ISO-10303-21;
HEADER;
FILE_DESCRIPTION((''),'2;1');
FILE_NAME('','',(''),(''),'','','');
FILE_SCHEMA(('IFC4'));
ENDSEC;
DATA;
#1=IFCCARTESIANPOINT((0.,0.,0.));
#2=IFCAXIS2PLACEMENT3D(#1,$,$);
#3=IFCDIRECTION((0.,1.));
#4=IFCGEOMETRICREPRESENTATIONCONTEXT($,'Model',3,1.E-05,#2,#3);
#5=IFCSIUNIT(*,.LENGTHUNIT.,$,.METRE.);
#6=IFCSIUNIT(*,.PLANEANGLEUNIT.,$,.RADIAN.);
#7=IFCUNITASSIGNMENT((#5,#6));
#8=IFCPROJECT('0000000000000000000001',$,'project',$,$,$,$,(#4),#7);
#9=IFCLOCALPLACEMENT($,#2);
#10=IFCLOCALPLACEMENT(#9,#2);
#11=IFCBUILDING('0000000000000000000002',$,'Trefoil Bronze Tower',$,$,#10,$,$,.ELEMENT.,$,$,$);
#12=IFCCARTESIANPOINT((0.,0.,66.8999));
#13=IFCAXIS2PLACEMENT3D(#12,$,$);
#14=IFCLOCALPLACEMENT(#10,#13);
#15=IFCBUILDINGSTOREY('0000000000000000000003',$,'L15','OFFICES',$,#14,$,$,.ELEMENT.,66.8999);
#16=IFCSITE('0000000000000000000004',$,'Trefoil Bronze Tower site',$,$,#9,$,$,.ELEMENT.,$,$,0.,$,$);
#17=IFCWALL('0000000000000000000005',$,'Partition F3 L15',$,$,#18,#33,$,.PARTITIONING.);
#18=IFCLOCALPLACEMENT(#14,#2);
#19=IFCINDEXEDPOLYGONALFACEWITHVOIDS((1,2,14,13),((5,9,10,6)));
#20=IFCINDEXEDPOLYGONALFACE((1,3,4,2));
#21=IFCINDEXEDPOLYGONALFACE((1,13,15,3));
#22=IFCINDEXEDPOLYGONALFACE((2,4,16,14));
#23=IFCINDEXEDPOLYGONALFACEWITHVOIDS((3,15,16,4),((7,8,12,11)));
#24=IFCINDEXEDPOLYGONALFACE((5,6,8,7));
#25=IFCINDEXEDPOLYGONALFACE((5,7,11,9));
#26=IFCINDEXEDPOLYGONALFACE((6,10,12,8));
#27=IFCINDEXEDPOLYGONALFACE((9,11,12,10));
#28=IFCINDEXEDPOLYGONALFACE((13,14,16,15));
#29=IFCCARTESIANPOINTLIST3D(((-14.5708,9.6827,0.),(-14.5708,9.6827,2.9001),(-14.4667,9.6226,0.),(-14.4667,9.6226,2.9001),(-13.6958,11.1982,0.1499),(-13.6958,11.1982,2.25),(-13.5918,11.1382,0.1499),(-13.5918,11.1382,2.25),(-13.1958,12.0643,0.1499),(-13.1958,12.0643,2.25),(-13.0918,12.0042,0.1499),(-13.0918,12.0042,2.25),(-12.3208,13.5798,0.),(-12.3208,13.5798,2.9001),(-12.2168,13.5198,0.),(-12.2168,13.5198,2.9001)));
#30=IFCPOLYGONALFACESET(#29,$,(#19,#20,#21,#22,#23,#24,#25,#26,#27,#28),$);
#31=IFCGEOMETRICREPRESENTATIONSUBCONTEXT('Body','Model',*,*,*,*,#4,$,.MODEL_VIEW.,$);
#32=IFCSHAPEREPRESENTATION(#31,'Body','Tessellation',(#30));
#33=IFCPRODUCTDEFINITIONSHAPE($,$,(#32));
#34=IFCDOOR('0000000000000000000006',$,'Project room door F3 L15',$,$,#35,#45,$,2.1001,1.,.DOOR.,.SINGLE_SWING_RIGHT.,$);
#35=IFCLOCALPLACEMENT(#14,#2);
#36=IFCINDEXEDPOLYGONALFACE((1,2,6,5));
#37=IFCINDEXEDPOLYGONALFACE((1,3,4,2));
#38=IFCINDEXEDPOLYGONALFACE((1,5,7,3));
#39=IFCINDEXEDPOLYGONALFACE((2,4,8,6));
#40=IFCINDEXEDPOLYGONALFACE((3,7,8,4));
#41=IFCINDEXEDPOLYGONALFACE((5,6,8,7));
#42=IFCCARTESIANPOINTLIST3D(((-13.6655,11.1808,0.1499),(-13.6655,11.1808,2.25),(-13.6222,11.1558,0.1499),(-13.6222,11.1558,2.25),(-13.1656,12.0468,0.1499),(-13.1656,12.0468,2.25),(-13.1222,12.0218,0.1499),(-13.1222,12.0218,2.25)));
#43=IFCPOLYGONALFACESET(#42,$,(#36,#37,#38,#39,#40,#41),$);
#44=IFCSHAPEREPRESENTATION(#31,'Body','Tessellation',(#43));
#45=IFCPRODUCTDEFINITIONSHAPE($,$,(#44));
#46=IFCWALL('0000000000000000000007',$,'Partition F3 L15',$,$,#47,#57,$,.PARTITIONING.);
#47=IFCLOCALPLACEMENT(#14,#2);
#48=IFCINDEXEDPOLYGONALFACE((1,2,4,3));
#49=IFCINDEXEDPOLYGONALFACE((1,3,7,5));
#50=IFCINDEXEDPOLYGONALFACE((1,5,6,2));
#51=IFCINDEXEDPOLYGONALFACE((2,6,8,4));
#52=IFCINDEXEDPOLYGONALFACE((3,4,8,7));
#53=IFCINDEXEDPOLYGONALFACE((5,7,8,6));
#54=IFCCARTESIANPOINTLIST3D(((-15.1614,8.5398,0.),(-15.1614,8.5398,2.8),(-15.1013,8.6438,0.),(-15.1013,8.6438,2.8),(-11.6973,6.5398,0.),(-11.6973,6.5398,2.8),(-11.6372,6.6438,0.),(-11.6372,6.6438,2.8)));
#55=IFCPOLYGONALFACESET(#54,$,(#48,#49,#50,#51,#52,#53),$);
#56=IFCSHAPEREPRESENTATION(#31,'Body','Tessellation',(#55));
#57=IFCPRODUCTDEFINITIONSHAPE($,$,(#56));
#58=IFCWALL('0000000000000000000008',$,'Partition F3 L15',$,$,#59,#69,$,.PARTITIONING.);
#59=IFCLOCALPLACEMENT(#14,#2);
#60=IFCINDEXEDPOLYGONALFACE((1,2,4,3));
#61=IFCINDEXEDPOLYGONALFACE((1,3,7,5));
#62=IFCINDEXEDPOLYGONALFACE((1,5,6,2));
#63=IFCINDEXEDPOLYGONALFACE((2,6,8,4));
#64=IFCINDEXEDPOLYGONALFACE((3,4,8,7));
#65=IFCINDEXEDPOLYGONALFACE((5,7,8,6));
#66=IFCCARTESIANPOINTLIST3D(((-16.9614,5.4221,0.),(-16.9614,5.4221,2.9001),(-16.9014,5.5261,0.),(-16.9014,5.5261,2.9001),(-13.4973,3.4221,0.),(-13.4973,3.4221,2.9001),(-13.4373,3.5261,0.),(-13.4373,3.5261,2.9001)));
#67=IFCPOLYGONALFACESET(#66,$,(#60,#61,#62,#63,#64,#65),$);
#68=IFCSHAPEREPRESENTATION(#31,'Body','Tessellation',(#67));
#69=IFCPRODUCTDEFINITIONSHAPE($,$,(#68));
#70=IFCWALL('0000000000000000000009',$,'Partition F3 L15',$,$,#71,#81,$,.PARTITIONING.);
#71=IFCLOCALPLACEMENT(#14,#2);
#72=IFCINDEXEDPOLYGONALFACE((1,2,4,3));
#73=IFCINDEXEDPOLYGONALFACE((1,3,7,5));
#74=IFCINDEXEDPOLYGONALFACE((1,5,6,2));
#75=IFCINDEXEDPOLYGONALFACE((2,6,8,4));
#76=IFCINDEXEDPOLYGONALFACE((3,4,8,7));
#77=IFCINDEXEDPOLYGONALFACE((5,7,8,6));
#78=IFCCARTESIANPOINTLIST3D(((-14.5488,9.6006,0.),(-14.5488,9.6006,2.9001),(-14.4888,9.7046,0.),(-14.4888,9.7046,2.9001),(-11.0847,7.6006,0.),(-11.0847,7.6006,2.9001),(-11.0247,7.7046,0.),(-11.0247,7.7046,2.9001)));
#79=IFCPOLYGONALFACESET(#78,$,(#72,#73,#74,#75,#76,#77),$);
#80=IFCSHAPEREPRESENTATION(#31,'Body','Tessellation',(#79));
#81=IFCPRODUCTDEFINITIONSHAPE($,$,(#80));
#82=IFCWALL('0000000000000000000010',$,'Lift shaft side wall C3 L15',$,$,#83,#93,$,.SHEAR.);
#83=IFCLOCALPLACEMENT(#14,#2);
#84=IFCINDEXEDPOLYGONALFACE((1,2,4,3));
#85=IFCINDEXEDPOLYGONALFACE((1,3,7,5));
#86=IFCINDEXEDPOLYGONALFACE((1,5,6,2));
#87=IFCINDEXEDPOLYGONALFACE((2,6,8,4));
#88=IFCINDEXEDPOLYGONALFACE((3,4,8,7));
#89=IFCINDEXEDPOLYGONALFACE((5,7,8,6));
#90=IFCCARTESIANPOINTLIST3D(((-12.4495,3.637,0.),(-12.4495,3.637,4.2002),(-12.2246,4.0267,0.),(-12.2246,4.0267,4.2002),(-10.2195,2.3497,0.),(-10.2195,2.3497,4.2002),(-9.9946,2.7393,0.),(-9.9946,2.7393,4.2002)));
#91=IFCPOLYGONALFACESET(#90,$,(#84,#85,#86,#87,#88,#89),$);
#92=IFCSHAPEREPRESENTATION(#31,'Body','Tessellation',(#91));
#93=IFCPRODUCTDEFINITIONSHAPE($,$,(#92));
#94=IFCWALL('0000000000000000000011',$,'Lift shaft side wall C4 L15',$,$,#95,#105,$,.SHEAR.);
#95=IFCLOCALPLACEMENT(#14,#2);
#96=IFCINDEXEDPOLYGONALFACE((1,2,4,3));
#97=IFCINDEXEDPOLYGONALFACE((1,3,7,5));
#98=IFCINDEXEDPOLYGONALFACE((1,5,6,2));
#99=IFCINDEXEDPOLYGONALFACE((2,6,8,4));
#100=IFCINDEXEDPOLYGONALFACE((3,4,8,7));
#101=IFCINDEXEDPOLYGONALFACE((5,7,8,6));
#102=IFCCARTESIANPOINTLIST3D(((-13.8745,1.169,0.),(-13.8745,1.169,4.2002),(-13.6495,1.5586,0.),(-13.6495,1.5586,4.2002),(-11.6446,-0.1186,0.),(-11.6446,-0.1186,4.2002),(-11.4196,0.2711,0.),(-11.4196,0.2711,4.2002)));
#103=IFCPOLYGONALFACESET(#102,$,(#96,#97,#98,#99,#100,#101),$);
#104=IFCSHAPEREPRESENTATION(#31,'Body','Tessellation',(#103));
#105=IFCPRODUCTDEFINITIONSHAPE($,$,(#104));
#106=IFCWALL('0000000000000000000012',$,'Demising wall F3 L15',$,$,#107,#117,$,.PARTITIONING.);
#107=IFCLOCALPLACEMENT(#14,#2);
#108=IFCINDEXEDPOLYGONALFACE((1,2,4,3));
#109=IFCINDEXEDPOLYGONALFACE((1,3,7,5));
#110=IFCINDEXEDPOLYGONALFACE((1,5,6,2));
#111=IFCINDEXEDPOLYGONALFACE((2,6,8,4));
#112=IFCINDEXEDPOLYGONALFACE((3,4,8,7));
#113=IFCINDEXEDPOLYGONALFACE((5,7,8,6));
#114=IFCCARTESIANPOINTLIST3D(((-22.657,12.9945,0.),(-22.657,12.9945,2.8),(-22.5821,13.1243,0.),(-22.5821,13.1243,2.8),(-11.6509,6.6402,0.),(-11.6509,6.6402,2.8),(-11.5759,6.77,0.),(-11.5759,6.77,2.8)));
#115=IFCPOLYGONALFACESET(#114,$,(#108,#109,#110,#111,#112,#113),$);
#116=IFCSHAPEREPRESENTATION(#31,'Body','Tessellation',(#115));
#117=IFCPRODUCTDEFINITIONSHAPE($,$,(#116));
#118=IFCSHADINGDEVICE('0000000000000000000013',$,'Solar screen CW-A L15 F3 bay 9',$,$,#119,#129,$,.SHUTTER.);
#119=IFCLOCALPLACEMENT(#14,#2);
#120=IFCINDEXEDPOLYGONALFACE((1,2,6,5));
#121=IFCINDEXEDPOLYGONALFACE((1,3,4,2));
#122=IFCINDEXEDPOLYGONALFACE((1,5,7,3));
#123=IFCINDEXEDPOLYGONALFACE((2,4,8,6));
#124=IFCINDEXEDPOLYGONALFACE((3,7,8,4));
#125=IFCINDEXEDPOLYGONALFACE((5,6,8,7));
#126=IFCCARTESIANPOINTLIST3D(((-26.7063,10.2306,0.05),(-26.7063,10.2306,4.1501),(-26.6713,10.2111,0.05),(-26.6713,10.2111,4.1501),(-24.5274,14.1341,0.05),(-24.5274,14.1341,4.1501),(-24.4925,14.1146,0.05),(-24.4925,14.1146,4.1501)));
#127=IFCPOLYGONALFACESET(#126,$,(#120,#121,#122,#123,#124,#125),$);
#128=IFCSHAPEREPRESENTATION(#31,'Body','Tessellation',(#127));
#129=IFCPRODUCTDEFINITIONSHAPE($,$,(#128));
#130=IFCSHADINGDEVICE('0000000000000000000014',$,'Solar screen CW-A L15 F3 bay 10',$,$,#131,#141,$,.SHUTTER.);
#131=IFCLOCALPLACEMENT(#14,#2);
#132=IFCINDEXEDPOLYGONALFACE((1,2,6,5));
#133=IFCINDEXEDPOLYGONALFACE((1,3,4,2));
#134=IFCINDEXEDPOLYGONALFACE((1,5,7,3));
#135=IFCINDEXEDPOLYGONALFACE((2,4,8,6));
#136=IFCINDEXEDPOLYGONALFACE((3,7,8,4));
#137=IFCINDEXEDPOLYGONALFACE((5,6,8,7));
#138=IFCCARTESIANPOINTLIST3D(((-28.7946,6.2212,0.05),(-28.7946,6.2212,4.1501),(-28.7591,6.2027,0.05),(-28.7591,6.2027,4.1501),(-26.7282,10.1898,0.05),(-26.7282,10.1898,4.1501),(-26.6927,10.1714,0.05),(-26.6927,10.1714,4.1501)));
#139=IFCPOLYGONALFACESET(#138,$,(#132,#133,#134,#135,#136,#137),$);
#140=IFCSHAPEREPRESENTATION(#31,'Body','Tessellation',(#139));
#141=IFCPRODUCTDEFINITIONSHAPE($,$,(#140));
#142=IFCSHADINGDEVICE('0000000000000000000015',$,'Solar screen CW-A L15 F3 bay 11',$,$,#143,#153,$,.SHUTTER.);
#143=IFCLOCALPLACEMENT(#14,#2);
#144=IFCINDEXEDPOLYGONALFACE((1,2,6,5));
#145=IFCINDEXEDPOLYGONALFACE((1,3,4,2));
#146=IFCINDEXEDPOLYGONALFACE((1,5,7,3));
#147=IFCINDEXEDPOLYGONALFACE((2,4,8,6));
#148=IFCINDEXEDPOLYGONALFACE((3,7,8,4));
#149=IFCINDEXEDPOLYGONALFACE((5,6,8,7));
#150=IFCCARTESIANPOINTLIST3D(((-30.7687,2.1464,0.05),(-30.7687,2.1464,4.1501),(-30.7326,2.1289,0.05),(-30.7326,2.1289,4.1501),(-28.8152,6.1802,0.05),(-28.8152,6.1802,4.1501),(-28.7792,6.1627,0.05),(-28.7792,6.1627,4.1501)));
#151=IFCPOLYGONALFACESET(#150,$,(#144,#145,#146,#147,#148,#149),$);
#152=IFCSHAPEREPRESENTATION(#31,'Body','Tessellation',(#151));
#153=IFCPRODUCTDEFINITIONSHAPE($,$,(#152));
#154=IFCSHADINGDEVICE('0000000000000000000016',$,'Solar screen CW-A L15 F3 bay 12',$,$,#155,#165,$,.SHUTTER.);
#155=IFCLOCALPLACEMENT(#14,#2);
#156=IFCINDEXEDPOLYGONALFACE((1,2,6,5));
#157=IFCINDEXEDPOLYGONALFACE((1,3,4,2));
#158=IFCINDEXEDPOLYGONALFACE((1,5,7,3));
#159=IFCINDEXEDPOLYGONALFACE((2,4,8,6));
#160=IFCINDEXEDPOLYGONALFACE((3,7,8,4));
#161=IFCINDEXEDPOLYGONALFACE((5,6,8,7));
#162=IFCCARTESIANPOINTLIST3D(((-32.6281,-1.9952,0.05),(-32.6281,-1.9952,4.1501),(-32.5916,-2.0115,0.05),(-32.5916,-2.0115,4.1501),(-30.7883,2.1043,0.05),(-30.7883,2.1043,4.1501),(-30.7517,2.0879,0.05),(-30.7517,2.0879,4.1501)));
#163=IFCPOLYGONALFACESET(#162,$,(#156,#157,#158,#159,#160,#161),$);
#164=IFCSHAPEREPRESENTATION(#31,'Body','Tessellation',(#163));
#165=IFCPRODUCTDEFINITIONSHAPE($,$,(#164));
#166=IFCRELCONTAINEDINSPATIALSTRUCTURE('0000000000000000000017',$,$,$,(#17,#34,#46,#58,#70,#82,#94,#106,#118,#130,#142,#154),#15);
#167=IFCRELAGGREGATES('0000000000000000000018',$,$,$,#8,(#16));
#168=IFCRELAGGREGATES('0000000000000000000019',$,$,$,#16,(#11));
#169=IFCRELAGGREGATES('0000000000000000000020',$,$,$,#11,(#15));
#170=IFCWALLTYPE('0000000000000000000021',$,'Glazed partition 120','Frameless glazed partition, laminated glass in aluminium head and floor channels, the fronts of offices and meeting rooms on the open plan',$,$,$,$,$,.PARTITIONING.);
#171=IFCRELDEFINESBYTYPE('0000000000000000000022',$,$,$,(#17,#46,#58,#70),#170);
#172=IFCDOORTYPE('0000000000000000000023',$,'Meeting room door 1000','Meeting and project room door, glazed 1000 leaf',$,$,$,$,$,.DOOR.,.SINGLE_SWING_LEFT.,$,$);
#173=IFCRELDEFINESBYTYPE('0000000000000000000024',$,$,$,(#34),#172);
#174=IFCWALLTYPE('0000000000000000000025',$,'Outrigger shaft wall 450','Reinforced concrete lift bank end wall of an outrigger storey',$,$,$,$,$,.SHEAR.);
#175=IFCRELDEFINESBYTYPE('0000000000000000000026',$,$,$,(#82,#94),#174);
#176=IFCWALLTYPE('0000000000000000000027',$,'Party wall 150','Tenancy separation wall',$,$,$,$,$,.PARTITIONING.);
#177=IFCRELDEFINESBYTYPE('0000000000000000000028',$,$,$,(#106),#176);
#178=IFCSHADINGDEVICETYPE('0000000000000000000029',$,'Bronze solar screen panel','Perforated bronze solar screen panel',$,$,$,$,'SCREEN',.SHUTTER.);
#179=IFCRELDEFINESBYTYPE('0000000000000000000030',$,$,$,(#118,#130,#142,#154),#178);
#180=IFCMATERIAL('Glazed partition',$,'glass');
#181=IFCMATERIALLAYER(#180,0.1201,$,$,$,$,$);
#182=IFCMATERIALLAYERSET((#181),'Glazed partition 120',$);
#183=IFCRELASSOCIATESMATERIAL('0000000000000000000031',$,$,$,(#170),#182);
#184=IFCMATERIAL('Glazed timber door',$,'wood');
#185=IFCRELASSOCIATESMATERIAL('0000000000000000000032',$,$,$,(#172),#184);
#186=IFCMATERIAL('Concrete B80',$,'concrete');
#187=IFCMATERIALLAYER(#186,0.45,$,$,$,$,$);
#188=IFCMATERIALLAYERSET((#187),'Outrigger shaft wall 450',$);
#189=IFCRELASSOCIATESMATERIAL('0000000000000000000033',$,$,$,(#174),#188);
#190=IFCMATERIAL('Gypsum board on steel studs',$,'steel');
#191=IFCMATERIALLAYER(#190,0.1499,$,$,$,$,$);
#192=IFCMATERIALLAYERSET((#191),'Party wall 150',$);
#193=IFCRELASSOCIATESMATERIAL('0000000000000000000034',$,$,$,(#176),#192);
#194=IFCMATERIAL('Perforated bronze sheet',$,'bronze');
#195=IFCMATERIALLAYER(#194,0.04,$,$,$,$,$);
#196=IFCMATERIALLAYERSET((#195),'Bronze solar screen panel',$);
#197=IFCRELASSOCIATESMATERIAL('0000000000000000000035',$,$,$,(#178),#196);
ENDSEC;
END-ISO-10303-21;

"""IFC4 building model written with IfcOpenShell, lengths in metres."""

from ifc_helpers import new_model, si_unit, direction, frame, frame_2d, origin, origin_2d, place, context, subcontext, project, spatial, rectangle, extrude, material, layer, layer_set, type_object, element, fill, save


model = new_model("IFC4")

# Units and contexts
model_context = context("Model", 3, precision=1e-05, world=origin(), true_north=direction((0.0, 1.0)))
body_context = subcontext(model_context, "Body", "Model", "MODEL_VIEW")
ifc_project = project(units=[si_unit("LENGTHUNIT", "METRE"), si_unit("PLANEANGLEUNIT", "RADIAN")], contexts=[model_context])

# Site, building, storey
site_placement = place(None, origin())
site = spatial("IfcSite", under=ifc_project, at=site_placement, Name="Trefoil Bronze Tower site", CompositionType="ELEMENT", RefElevation=0.0)
building_placement = place(site_placement, origin())
building = spatial("IfcBuilding", under=site, at=building_placement, Name="Trefoil Bronze Tower", CompositionType="ELEMENT")
storey_placement = place(building_placement, frame((0.0, 0.0, 66.8999)))
storey = spatial("IfcBuildingStorey", under=building, at=storey_placement, Name="L15", Description="OFFICES", CompositionType="ELEMENT", Elevation=66.8999)

# Wall, opening, door
ifc_material_1 = material(Name="Glazed partition", Category="glass")
ifc_layer_1 = layer(ifc_material_1, 0.1201)
ifc_layer_set_1 = layer_set([ifc_layer_1], Name="Glazed partition 120")
wall_type_1 = type_object("IfcWallType", Name="Glazed partition 120", Description="Frameless glazed partition, laminated glass in aluminium head and floor channels, the fronts of offices and meeting rooms on the open plan", PredefinedType="PARTITIONING", material=ifc_layer_set_1)
ifc_material_2 = material(Name="Glazed timber door", Category="wood")
door_type = type_object("IfcDoorType", Name="Meeting room door 1000", Description="Meeting and project room door, glazed 1000 leaf", OperationType="SINGLE_SWING_LEFT", PredefinedType="DOOR", material=ifc_material_2)
wall_1_placement = place(storey_placement, frame((-12.2688, 13.5498, 0.0), z_axis=(0.0, 0.0, 1.0), x_axis=(-0.49999, -0.866031, 0.0)))
wall_1 = element("IfcWall", 1, at=wall_1_placement, inside=storey, type_object=wall_type_1, Name="Partition F3 L15", PredefinedType="PARTITIONING", context=body_context, shape_type="SweptSolid", body=[
    extrude(rectangle(XDim=4.5, YDim=0.1201, at=frame_2d((2.25, 0.0))), origin(), (0.0, 0.0, 1.0), 2.9001),
])
opening_1_placement = place(wall_1_placement, frame((1.75, 0.0, 0.1499)))
opening_1 = element("IfcOpeningElement", 2, at=opening_1_placement, cuts=wall_1, PredefinedType="OPENING", context=body_context, shape_type="SweptSolid", body=[
    extrude(rectangle(XDim=1.0, YDim=2.1001, at=frame_2d((0.5, 1.05))), frame((0.0, 0.0701, 0.0), z_axis=(0.0, -1.0, 0.0), x_axis=(1.0, 0.0, 0.0)), (0.0, 0.0, 1.0), 0.1401),
])
door_1_placement = place(opening_1_placement, origin())
door_1 = element("IfcDoor", 3, at=door_1_placement, inside=storey, type_object=door_type, Name="Project room door F3 L15", OperationType="SINGLE_SWING_RIGHT", OverallHeight=2.1001, OverallWidth=1.0, PredefinedType="DOOR", context=body_context, shape_type="SweptSolid", body=[
    extrude(rectangle(XDim=1.0, YDim=2.1001, at=frame_2d((0.5, 1.05))), frame((0.0, 0.0249, 0.0), z_axis=(0.0, -1.0, 0.0), x_axis=(1.0, 0.0, 0.0)), (0.0, 0.0, 1.0), 0.05),
])
fill(opening_1, door_1)

# Walls
wall_2_placement = place(storey_placement, frame((-11.6672, 6.5918, 0.0), z_axis=(0.0, 0.0, 1.0), x_axis=(-0.866026, 0.499999, 0.0)))
element("IfcWall", 4, at=wall_2_placement, inside=storey, type_object=wall_type_1, Name="Partition F3 L15", PredefinedType="PARTITIONING", context=body_context, shape_type="SweptSolid", body=[
    extrude(rectangle(XDim=4.0, YDim=0.1201, at=frame_2d((2.0, 0.0))), origin(), (0.0, 0.0, 1.0), 2.8),
])
for number, where, z_axis, x_axis, name in (
    (5, (-13.4673, 3.4741, 0.0), (0.0, 0.0, 1.0), (-0.866026, 0.499999, 0.0), "Partition F3 L15"),
    (6, (-11.0547, 7.6526, 0.0), (0.0, 0.0, 1.0), (-0.866026, 0.499999, 0.0), "Partition F3 L15"),
):
    element("IfcWall", number, at=place(storey_placement, frame(where, z_axis=z_axis, x_axis=x_axis)), inside=storey, type_object=wall_type_1, Name=name, PredefinedType="PARTITIONING", context=body_context, shape_type="SweptSolid", body=[
        extrude(rectangle(XDim=4.0, YDim=0.1201, at=frame_2d((2.0, 0.0))), origin(), (0.0, 0.0, 1.0), 2.9001),
    ])
ifc_material_3 = material(Name="Concrete B80", Category="concrete")
ifc_layer_2 = layer(ifc_material_3, 0.45)
ifc_layer_set_2 = layer_set([ifc_layer_2], Name="Outrigger shaft wall 450")
wall_type_2 = type_object("IfcWallType", Name="Outrigger shaft wall 450", Description="Reinforced concrete lift bank end wall of an outrigger storey", PredefinedType="SHEAR", material=ifc_layer_set_2)
for number, where, z_axis, x_axis, name in (
    (7, (-10.1069, 2.5444, 0.0), (0.0, 0.0, 1.0), (-0.866047, 0.499963, 0.0), "Lift shaft side wall C3 L15"),
    (8, (-11.532, 0.0762, 0.0), (0.0, 0.0, 1.0), (-0.866006, 0.500034, 0.0), "Lift shaft side wall C4 L15"),
):
    element("IfcWall", number, at=place(storey_placement, frame(where, z_axis=z_axis, x_axis=x_axis)), inside=storey, type_object=wall_type_2, Name=name, PredefinedType="SHEAR", context=body_context, shape_type="SweptSolid", body=[
        extrude(rectangle(XDim=2.575, YDim=0.45, at=frame_2d((1.2876, 0.0))), origin(), (0.0, 0.0, 1.0), 4.2002),
    ])
ifc_material_4 = material(Name="Gypsum board on steel studs", Category="steel")
ifc_layer_3 = layer(ifc_material_4, 0.1499)
ifc_layer_set_3 = layer_set([ifc_layer_3], Name="Party wall 150")
wall_type_3 = type_object("IfcWallType", Name="Party wall 150", Description="Tenancy separation wall", PredefinedType="PARTITIONING", material=ifc_layer_set_3)
wall_3_placement = place(storey_placement, frame((-11.6133, 6.7051, 0.0), z_axis=(0.0, 0.0, 1.0), x_axis=(-0.86603, 0.499992, 0.0)))
element("IfcWall", 9, at=wall_3_placement, inside=storey, type_object=wall_type_3, Name="Demising wall F3 L15", PredefinedType="PARTITIONING", context=body_context, shape_type="SweptSolid", body=[
    extrude(rectangle(XDim=12.7087, YDim=0.1499, at=frame_2d((6.3545, 0.0))), origin(), (0.0, 0.0, 1.0), 2.8),
])

# Shading devices
ifc_material_5 = material(Name="Perforated bronze sheet", Category="bronze")
ifc_layer_4 = layer(ifc_material_5, 0.04)
ifc_layer_set_4 = layer_set([ifc_layer_4], Name="Bronze solar screen panel")
shading_device_type = type_object("IfcShadingDeviceType", Name="Bronze solar screen panel", Description="Perforated bronze solar screen panel", ElementType="SCREEN", PredefinedType="SHUTTER", material=ifc_layer_set_4)
shading_device_1_placement = place(storey_placement, frame((-25.5994, 12.1726, 0.05), z_axis=(0.0, 0.0, 1.0), x_axis=(-0.487382, -0.873189, 0.0)))
element("IfcShadingDevice", 10, at=shading_device_1_placement, inside=storey, type_object=shading_device_type, Name="Solar screen CW-A L15 F3 bay 9", PredefinedType="SHUTTER", context=body_context, shape_type="SweptSolid", body=[
    extrude(rectangle(XDim=4.4705, YDim=0.04, at=origin_2d()), origin(), (0.0, 0.0, 1.0), 4.1001),
])
shading_device_2_placement = place(storey_placement, frame((-27.7437, 8.1963, 0.05), z_axis=(0.0, 0.0, 1.0), x_axis=(-0.46183, -0.886969, 0.0)))
element("IfcShadingDevice", 11, at=shading_device_2_placement, inside=storey, type_object=shading_device_type, Name="Solar screen CW-A L15 F3 bay 10", PredefinedType="SHUTTER", context=body_context, shape_type="SweptSolid", body=[
    extrude(rectangle(XDim=4.4744, YDim=0.04, at=origin_2d()), origin(), (0.0, 0.0, 1.0), 4.1001),
])
shading_device_3_placement = place(storey_placement, frame((-29.7739, 4.1545, 0.05), z_axis=(0.0, 0.0, 1.0), x_axis=(-0.435855, -0.900017, 0.0)))
element("IfcShadingDevice", 12, at=shading_device_3_placement, inside=storey, type_object=shading_device_type, Name="Solar screen CW-A L15 F3 bay 11", PredefinedType="SHUTTER", context=body_context, shape_type="SweptSolid", body=[
    extrude(rectangle(XDim=4.4819, YDim=0.04, at=origin_2d()), origin(), (0.0, 0.0, 1.0), 4.1001),
])
shading_device_4_placement = place(storey_placement, frame((-31.6899, 0.0464, 0.05), z_axis=(0.0, 0.0, 1.0), x_axis=(-0.409456, -0.91233, 0.0)))
element("IfcShadingDevice", 13, at=shading_device_4_placement, inside=storey, type_object=shading_device_type, Name="Solar screen CW-A L15 F3 bay 12", PredefinedType="SHUTTER", context=body_context, shape_type="SweptSolid", body=[
    extrude(rectangle(XDim=4.4934, YDim=0.04, at=origin_2d()), origin(), (0.0, 0.0, 1.0), 4.1001),
])

save(model, "model.ifc")
